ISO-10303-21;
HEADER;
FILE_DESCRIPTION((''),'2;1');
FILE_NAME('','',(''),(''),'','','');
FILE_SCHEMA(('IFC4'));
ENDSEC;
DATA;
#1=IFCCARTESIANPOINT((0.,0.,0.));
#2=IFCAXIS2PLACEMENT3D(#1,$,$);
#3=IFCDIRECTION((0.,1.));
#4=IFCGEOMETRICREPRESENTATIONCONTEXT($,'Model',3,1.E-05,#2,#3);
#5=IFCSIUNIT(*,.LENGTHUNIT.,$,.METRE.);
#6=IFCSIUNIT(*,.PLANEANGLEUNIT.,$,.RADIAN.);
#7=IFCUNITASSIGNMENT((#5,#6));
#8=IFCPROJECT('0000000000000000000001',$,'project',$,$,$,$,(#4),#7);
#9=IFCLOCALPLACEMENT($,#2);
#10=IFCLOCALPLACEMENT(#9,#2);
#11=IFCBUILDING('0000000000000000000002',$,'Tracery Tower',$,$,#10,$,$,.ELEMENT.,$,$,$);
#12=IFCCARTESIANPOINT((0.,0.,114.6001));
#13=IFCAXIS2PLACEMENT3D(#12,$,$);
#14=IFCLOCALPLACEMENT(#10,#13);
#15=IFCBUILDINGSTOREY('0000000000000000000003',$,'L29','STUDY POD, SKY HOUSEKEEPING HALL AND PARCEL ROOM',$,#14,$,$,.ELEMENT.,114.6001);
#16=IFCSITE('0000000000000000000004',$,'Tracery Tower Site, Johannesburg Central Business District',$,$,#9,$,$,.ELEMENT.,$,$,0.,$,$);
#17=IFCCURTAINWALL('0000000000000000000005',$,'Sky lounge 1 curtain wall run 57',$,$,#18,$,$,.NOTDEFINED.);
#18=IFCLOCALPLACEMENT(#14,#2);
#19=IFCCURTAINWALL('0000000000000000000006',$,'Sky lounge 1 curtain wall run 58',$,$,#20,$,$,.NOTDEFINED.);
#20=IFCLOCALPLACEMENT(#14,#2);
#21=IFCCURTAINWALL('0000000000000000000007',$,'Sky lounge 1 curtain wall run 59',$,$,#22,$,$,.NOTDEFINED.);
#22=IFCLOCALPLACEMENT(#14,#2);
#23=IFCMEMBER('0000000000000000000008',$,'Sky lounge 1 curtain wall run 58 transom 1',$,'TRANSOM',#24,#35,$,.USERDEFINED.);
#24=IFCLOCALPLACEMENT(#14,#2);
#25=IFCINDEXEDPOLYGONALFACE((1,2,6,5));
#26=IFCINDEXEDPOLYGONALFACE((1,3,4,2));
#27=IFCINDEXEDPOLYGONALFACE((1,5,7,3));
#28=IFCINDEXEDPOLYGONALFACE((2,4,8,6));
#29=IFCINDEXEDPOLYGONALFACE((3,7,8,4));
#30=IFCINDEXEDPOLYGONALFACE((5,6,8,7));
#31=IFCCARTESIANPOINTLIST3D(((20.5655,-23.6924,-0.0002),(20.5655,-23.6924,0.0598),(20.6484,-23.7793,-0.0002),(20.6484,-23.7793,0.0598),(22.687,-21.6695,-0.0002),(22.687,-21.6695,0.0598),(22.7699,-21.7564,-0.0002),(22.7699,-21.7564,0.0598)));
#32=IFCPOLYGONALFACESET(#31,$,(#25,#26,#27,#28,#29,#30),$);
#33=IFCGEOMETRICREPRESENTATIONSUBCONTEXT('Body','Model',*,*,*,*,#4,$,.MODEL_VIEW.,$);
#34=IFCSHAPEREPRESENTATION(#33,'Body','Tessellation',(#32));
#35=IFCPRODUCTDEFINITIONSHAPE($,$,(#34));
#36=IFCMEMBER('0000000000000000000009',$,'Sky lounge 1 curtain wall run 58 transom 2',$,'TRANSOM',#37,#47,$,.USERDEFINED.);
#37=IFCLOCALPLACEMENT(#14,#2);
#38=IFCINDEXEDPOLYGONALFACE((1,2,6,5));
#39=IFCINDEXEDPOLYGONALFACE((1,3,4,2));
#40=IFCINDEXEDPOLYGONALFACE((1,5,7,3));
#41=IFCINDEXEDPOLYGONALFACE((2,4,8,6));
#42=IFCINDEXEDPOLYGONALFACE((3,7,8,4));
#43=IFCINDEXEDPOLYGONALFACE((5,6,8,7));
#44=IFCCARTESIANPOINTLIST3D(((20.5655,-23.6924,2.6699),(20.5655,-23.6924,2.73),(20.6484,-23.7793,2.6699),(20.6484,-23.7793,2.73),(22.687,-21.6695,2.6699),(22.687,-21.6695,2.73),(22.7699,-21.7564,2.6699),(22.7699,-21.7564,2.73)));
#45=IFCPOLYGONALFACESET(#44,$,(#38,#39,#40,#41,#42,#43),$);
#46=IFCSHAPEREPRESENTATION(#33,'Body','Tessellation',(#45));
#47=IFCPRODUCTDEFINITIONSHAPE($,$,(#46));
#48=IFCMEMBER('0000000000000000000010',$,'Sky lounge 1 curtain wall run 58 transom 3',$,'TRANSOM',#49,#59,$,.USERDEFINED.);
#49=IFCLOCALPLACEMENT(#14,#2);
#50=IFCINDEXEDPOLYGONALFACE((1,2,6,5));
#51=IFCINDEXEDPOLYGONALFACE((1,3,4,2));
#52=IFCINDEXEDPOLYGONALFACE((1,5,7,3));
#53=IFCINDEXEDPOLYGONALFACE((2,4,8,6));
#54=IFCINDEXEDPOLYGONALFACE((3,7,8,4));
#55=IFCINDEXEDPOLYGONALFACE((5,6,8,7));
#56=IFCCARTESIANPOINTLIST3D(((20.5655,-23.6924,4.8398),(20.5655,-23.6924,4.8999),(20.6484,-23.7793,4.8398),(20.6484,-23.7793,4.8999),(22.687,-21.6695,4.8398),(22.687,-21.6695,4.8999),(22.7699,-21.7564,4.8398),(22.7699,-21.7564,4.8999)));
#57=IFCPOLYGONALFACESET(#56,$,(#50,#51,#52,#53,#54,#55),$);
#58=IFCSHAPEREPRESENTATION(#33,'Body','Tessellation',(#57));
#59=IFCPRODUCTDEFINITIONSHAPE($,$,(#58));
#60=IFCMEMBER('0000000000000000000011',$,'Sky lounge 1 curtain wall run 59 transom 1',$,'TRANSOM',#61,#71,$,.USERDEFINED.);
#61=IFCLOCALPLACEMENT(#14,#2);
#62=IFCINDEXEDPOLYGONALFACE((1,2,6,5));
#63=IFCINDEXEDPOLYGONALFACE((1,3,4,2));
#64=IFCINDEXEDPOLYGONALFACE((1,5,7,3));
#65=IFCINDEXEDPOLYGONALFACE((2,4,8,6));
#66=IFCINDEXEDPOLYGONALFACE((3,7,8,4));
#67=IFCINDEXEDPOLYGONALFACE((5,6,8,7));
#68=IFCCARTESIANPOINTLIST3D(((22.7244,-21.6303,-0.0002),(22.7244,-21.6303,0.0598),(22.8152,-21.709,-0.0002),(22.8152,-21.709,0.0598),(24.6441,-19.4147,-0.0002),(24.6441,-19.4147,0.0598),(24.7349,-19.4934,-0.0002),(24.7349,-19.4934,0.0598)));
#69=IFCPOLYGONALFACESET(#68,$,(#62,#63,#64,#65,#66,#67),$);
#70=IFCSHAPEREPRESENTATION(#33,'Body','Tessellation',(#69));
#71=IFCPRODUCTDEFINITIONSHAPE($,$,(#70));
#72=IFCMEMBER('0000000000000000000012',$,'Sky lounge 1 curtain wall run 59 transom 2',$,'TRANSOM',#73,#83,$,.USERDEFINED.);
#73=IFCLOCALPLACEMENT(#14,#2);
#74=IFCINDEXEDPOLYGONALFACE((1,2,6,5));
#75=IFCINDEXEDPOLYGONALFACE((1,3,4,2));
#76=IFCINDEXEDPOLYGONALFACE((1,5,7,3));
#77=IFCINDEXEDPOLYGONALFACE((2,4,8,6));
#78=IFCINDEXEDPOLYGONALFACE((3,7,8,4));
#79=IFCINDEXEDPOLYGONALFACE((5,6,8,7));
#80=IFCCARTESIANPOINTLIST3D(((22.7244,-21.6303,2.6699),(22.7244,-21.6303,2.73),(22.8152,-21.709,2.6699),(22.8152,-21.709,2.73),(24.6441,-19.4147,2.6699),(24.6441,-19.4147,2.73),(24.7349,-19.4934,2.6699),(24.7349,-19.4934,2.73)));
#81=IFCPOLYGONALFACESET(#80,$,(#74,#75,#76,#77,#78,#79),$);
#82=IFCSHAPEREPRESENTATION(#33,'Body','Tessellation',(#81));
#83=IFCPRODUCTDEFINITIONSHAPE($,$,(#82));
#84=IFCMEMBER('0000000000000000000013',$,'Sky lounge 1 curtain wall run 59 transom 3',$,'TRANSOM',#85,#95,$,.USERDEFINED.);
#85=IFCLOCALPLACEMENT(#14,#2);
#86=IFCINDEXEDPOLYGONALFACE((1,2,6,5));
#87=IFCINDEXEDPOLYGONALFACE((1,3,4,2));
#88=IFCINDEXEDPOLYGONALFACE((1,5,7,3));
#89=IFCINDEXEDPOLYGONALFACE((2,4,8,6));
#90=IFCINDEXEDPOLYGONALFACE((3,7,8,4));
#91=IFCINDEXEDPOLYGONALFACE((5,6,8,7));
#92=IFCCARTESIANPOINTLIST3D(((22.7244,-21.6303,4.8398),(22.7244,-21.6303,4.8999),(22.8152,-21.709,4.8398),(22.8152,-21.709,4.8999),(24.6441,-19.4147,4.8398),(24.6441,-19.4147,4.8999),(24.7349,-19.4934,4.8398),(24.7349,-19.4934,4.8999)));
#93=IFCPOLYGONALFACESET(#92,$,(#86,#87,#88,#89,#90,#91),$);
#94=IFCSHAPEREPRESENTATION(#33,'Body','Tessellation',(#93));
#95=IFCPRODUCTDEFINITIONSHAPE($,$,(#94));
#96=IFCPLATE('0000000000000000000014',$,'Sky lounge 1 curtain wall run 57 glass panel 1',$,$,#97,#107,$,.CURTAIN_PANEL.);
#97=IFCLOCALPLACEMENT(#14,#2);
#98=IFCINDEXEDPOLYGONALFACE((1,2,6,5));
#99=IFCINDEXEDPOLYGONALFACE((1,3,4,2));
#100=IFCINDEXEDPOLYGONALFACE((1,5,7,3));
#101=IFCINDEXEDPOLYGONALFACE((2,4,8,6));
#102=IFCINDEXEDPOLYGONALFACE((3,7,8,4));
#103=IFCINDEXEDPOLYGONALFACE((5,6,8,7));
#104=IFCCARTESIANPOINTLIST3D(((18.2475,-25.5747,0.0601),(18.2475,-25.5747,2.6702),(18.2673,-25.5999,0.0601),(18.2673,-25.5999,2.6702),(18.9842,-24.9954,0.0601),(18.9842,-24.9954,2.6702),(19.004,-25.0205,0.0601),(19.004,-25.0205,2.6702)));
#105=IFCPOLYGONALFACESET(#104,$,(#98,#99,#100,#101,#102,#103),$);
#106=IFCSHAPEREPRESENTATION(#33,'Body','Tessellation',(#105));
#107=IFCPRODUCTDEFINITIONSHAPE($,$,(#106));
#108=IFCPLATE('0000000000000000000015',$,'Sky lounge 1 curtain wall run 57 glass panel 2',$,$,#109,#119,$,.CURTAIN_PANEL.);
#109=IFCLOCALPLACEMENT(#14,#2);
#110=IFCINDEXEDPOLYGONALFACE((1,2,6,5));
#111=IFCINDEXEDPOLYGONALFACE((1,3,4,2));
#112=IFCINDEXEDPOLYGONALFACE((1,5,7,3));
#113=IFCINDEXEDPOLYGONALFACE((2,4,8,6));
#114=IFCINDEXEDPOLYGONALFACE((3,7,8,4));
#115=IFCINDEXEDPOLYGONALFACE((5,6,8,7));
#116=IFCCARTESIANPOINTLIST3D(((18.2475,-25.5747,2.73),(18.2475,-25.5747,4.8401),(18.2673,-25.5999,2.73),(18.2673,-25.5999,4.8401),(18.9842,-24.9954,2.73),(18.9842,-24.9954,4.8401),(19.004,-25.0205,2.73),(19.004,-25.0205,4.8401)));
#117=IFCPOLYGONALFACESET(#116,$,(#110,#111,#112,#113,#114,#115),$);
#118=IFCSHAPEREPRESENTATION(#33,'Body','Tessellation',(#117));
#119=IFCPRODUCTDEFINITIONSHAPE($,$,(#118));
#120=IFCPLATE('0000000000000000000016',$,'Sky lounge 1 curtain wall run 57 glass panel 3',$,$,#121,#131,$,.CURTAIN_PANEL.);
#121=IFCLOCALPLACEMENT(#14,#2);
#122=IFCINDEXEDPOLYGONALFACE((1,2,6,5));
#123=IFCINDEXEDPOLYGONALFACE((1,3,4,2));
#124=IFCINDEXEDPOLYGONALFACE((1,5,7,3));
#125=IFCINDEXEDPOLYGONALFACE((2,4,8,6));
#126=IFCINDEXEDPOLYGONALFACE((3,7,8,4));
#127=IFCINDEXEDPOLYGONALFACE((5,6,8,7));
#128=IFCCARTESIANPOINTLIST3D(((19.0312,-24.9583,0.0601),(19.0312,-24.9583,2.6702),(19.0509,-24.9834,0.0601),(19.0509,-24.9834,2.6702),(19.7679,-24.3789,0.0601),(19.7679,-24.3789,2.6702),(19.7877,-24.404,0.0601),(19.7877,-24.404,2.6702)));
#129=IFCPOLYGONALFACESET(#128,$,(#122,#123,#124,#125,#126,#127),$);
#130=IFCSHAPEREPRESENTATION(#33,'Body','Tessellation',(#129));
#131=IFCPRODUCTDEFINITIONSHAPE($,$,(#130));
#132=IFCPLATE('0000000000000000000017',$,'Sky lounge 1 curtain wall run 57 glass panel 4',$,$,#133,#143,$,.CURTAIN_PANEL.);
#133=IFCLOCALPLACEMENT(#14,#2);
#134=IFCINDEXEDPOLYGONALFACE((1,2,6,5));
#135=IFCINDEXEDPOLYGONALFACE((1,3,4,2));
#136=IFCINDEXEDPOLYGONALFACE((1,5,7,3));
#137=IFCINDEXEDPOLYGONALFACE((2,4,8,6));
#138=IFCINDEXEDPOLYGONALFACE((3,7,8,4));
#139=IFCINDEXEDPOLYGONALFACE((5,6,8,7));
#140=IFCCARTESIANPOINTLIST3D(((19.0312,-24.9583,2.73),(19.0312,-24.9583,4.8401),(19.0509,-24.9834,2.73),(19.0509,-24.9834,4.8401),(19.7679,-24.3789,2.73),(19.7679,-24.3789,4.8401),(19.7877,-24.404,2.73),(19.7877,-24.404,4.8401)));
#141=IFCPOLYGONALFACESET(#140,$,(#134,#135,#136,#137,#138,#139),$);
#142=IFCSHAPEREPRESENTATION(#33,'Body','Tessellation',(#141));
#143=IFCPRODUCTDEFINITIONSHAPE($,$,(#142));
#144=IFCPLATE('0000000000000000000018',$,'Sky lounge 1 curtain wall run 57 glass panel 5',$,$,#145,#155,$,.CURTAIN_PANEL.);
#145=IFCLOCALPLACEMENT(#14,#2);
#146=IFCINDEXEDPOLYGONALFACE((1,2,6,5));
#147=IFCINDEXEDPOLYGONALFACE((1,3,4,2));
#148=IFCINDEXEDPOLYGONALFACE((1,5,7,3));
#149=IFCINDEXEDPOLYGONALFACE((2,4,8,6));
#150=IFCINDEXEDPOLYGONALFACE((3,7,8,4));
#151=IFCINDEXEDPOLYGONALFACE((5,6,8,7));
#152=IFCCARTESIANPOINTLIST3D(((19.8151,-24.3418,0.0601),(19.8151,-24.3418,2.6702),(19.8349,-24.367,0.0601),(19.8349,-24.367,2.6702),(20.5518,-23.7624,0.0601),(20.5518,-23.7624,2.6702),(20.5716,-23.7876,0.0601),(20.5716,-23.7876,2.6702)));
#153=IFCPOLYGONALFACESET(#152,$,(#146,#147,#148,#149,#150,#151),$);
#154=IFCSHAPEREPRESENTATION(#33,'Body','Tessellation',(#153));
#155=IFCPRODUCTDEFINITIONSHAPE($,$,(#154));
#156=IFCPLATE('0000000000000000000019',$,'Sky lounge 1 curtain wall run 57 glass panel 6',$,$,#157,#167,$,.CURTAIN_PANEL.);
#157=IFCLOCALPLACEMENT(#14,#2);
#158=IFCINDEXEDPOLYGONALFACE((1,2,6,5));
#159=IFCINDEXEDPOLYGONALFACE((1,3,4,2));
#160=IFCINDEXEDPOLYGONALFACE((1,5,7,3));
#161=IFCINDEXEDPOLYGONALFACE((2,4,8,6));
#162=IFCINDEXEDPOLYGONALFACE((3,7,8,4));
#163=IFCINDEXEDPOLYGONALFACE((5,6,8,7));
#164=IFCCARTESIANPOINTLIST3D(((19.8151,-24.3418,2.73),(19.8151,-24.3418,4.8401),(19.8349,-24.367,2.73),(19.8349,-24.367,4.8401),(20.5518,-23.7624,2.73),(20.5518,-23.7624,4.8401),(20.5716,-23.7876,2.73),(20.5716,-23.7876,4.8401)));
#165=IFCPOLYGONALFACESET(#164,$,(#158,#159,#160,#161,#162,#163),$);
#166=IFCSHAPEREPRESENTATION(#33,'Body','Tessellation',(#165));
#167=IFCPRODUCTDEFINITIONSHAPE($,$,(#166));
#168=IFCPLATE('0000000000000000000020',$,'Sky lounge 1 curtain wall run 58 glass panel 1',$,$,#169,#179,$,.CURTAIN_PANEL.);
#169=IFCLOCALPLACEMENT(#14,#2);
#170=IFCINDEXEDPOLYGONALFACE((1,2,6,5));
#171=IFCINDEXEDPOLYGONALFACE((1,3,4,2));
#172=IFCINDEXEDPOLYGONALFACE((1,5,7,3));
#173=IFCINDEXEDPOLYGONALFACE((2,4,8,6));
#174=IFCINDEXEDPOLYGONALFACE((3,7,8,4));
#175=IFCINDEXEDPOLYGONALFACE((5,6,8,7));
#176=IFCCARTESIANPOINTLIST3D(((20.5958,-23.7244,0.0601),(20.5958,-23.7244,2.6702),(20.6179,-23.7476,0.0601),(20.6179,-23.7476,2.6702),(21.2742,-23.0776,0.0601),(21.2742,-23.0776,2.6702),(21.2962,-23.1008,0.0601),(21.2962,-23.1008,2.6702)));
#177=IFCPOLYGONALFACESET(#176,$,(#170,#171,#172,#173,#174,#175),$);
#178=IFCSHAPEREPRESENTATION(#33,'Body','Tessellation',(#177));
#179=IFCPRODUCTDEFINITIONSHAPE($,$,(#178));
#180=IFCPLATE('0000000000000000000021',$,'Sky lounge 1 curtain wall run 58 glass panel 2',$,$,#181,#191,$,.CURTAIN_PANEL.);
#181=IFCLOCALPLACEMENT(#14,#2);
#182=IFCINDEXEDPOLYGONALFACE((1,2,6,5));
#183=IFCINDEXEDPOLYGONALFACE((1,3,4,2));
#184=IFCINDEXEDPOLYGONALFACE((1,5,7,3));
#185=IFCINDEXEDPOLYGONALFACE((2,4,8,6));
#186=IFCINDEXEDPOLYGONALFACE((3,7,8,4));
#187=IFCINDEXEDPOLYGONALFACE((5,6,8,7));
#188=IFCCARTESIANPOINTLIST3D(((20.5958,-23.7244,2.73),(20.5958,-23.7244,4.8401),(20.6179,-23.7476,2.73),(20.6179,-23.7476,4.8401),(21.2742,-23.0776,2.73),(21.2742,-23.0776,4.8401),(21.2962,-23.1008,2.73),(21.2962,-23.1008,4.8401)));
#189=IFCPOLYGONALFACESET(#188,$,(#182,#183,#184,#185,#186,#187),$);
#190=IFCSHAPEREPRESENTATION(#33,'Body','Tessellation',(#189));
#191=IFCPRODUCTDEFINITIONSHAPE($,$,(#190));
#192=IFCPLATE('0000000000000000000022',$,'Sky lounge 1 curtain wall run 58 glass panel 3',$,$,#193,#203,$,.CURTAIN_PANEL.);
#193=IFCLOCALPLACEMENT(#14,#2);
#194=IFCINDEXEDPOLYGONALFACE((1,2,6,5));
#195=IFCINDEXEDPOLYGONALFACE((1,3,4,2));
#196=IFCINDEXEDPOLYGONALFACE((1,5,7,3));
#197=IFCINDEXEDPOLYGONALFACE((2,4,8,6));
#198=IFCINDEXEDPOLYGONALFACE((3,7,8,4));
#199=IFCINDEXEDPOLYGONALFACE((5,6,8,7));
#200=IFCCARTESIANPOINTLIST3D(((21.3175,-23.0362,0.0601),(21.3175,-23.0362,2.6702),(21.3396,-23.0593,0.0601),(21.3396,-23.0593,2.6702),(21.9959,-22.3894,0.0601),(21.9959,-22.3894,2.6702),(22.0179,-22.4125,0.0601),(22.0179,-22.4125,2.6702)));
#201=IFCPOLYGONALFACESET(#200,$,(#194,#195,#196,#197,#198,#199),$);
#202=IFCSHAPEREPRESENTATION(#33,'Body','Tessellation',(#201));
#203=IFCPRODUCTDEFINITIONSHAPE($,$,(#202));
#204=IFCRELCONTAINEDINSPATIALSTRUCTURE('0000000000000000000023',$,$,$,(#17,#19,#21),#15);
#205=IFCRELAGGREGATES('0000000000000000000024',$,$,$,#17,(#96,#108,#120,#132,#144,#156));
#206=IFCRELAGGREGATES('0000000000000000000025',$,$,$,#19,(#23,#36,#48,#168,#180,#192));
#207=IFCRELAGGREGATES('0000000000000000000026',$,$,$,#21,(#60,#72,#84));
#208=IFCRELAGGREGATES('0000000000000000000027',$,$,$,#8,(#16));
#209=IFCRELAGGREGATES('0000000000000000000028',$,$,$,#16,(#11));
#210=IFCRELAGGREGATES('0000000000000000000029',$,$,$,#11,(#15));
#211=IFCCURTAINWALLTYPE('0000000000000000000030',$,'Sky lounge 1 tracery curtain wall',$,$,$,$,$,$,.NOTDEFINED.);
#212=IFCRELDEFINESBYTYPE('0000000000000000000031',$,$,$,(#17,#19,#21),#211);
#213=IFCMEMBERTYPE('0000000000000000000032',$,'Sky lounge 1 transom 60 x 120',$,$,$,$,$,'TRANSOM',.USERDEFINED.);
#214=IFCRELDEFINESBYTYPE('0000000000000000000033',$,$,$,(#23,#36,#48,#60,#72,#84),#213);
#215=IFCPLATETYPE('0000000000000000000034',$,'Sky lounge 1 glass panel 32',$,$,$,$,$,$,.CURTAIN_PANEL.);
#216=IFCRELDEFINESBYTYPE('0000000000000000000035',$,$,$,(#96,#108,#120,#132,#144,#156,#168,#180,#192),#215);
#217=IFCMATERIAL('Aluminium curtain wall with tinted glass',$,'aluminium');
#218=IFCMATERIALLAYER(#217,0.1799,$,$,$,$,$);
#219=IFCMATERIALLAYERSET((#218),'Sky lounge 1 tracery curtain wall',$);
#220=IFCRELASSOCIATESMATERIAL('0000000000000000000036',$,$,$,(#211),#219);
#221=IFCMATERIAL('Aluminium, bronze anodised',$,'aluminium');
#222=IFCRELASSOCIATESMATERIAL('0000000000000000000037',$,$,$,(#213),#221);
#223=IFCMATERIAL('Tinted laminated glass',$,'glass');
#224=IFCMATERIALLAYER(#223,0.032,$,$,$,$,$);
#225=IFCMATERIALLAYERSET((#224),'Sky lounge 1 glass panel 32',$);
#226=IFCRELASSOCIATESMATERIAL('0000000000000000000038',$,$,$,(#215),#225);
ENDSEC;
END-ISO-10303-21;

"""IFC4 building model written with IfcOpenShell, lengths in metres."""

from ifc_helpers import new_model, si_unit, direction, frame, origin, origin_2d, place, context, subcontext, project, spatial, rectangle, extrude, material, layer, layer_set, material_profile, profile_set, type_object, element, aggregate, save


model = new_model("IFC4")

# Units and contexts
model_context = context("Model", 3, precision=1e-05, world=origin(), true_north=direction((0.0, 1.0)))
body_context = subcontext(model_context, "Body", "Model", "MODEL_VIEW")
ifc_project = project(units=[si_unit("LENGTHUNIT", "METRE"), si_unit("PLANEANGLEUNIT", "RADIAN")], contexts=[model_context])

# Site, building, storey
site_placement = place(None, origin())
site = spatial("IfcSite", under=ifc_project, at=site_placement, Name="Tracery Tower Site, Johannesburg Central Business District", CompositionType="ELEMENT", RefElevation=0.0)
building_placement = place(site_placement, origin())
building = spatial("IfcBuilding", under=site, at=building_placement, Name="Tracery Tower", CompositionType="ELEMENT")
storey_placement = place(building_placement, frame((0.0, 0.0, 114.6001)))
storey = spatial("IfcBuildingStorey", under=building, at=storey_placement, Name="L29", Description="STUDY POD, SKY HOUSEKEEPING HALL AND PARCEL ROOM", CompositionType="ELEMENT", Elevation=114.6001)

# Curtain walls
ifc_material_1 = material(Name="Aluminium curtain wall with tinted glass", Category="aluminium")
ifc_layer_1 = layer(ifc_material_1, 0.1799)
ifc_layer_set_1 = layer_set([ifc_layer_1], Name="Sky lounge 1 tracery curtain wall")
curtain_wall_type = type_object("IfcCurtainWallType", Name="Sky lounge 1 tracery curtain wall", PredefinedType="NOTDEFINED", material=ifc_layer_set_1)
curtain_wall_1_placement = place(storey_placement, origin())
curtain_wall_1 = element("IfcCurtainWall", 1, at=curtain_wall_1_placement, inside=storey, type_object=curtain_wall_type, Name="Sky lounge 1 curtain wall run 57", PredefinedType="NOTDEFINED")
curtain_wall_2_placement = place(storey_placement, origin())
curtain_wall_2 = element("IfcCurtainWall", 2, at=curtain_wall_2_placement, inside=storey, type_object=curtain_wall_type, Name="Sky lounge 1 curtain wall run 58", PredefinedType="NOTDEFINED")
curtain_wall_3_placement = place(storey_placement, origin())
curtain_wall_3 = element("IfcCurtainWall", 3, at=curtain_wall_3_placement, inside=storey, type_object=curtain_wall_type, Name="Sky lounge 1 curtain wall run 59", PredefinedType="NOTDEFINED")

# Members
ifc_material_2 = material(Name="Aluminium, bronze anodised", Category="aluminium")
ifc_material_profile_1 = material_profile(ifc_material_2, rectangle(XDim=0.1201, YDim=0.0601, at=origin_2d()), Name="AL 60x120")
ifc_profile_set_1 = profile_set([ifc_material_profile_1], Name="Aluminium, bronze anodised")
member_type_1 = type_object("IfcMemberType", Name="Sky lounge 1 transom 60 x 120", ElementType="TRANSOM", PredefinedType="USERDEFINED", material=ifc_profile_set_1)
member_1_placement = place(storey_placement, frame((20.6069, -23.7358, 0.0298), z_axis=(0.72373, 0.690083, 0.0), x_axis=(-0.690083, 0.72373, 0.0)))
member_1 = element("IfcMember", 4, at=member_1_placement, type_object=member_type_1, Name="Sky lounge 1 curtain wall run 58 transom 1", ObjectType="TRANSOM", PredefinedType="USERDEFINED", context=body_context, shape_type="SweptSolid", body=[
    extrude(rectangle(XDim=0.1201, YDim=0.0601, at=origin_2d()), origin(), (0.0, 0.0, 1.0), 2.9314),
])
member_2_placement = place(storey_placement, frame((20.6069, -23.7358, 2.7), z_axis=(0.72373, 0.690083, 0.0), x_axis=(-0.690083, 0.72373, 0.0)))
member_2 = element("IfcMember", 5, at=member_2_placement, type_object=member_type_1, Name="Sky lounge 1 curtain wall run 58 transom 2", ObjectType="TRANSOM", PredefinedType="USERDEFINED", context=body_context, shape_type="SweptSolid", body=[
    extrude(rectangle(XDim=0.1201, YDim=0.0601, at=origin_2d()), origin(), (0.0, 0.0, 1.0), 2.9314),
])
member_3_placement = place(storey_placement, frame((20.6069, -23.7358, 4.8699), z_axis=(0.72373, 0.690083, 0.0), x_axis=(-0.690083, 0.72373, 0.0)))
member_3 = element("IfcMember", 6, at=member_3_placement, type_object=member_type_1, Name="Sky lounge 1 curtain wall run 58 transom 3", ObjectType="TRANSOM", PredefinedType="USERDEFINED", context=body_context, shape_type="SweptSolid", body=[
    extrude(rectangle(XDim=0.1201, YDim=0.0601, at=origin_2d()), origin(), (0.0, 0.0, 1.0), 2.9314),
])
member_4_placement = place(storey_placement, frame((22.7698, -21.6697, 0.0298), z_axis=(0.654835, 0.755772, 0.0), x_axis=(-0.755772, 0.654835, 0.0)))
member_4 = element("IfcMember", 7, at=member_4_placement, type_object=member_type_1, Name="Sky lounge 1 curtain wall run 59 transom 1", ObjectType="TRANSOM", PredefinedType="USERDEFINED", context=body_context, shape_type="SweptSolid", body=[
    extrude(rectangle(XDim=0.1201, YDim=0.0601, at=origin_2d()), origin(), (0.0, 0.0, 1.0), 2.9316),
])
member_5_placement = place(storey_placement, frame((22.7698, -21.6697, 2.7), z_axis=(0.654835, 0.755772, 0.0), x_axis=(-0.755772, 0.654835, 0.0)))
member_5 = element("IfcMember", 8, at=member_5_placement, type_object=member_type_1, Name="Sky lounge 1 curtain wall run 59 transom 2", ObjectType="TRANSOM", PredefinedType="USERDEFINED", context=body_context, shape_type="SweptSolid", body=[
    extrude(rectangle(XDim=0.1201, YDim=0.0601, at=origin_2d()), origin(), (0.0, 0.0, 1.0), 2.9316),
])
member_6_placement = place(storey_placement, frame((22.7698, -21.6697, 4.8699), z_axis=(0.654835, 0.755772, 0.0), x_axis=(-0.755772, 0.654835, 0.0)))
member_6 = element("IfcMember", 9, at=member_6_placement, type_object=member_type_1, Name="Sky lounge 1 curtain wall run 59 transom 3", ObjectType="TRANSOM", PredefinedType="USERDEFINED", context=body_context, shape_type="SweptSolid", body=[
    extrude(rectangle(XDim=0.1201, YDim=0.0601, at=origin_2d()), origin(), (0.0, 0.0, 1.0), 2.9316),
])

# Plates
ifc_material_3 = material(Name="Tinted laminated glass", Category="glass")
ifc_layer_2 = layer(ifc_material_3, 0.032)
ifc_layer_set_2 = layer_set([ifc_layer_2], Name="Sky lounge 1 glass panel 32")
plate_type = type_object("IfcPlateType", Name="Sky lounge 1 glass panel 32", PredefinedType="CURTAIN_PANEL", material=ifc_layer_set_2)
plate_1_placement = place(storey_placement, frame((18.6257, -25.2976, 0.0601), z_axis=(0.0, 0.0, 1.0), x_axis=(0.786053, 0.618159, 0.0)))
plate_1 = element("IfcPlate", 10, at=plate_1_placement, type_object=plate_type, Name="Sky lounge 1 curtain wall run 57 glass panel 1", PredefinedType="CURTAIN_PANEL", context=body_context, shape_type="SweptSolid", body=[
    extrude(rectangle(XDim=0.9373, YDim=0.032, at=origin_2d()), origin(), (0.0, 0.0, 1.0), 2.6101),
])
plate_2_placement = place(storey_placement, frame((18.6257, -25.2976, 2.73), z_axis=(0.0, 0.0, 1.0), x_axis=(0.786053, 0.618159, 0.0)))
plate_2 = element("IfcPlate", 11, at=plate_2_placement, type_object=plate_type, Name="Sky lounge 1 curtain wall run 57 glass panel 2", PredefinedType="CURTAIN_PANEL", context=body_context, shape_type="SweptSolid", body=[
    extrude(rectangle(XDim=0.9373, YDim=0.032, at=origin_2d()), origin(), (0.0, 0.0, 1.0), 2.1101),
])
plate_3_placement = place(storey_placement, frame((19.4094, -24.6812, 0.0601), z_axis=(0.0, 0.0, 1.0), x_axis=(0.786053, 0.618159, 0.0)))
plate_3 = element("IfcPlate", 12, at=plate_3_placement, type_object=plate_type, Name="Sky lounge 1 curtain wall run 57 glass panel 3", PredefinedType="CURTAIN_PANEL", context=body_context, shape_type="SweptSolid", body=[
    extrude(rectangle(XDim=0.9373, YDim=0.032, at=origin_2d()), origin(), (0.0, 0.0, 1.0), 2.6101),
])
plate_4_placement = place(storey_placement, frame((19.4094, -24.6812, 2.73), z_axis=(0.0, 0.0, 1.0), x_axis=(0.786053, 0.618159, 0.0)))
plate_4 = element("IfcPlate", 13, at=plate_4_placement, type_object=plate_type, Name="Sky lounge 1 curtain wall run 57 glass panel 4", PredefinedType="CURTAIN_PANEL", context=body_context, shape_type="SweptSolid", body=[
    extrude(rectangle(XDim=0.9373, YDim=0.032, at=origin_2d()), origin(), (0.0, 0.0, 1.0), 2.1101),
])
plate_5_placement = place(storey_placement, frame((20.1934, -24.0647, 0.0601), z_axis=(0.0, 0.0, 1.0), x_axis=(0.786053, 0.618159, 0.0)))
plate_5 = element("IfcPlate", 14, at=plate_5_placement, type_object=plate_type, Name="Sky lounge 1 curtain wall run 57 glass panel 5", PredefinedType="CURTAIN_PANEL", context=body_context, shape_type="SweptSolid", body=[
    extrude(rectangle(XDim=0.9373, YDim=0.032, at=origin_2d()), origin(), (0.0, 0.0, 1.0), 2.6101),
])
plate_6_placement = place(storey_placement, frame((20.1934, -24.0647, 2.73), z_axis=(0.0, 0.0, 1.0), x_axis=(0.786053, 0.618159, 0.0)))
plate_6 = element("IfcPlate", 15, at=plate_6_placement, type_object=plate_type, Name="Sky lounge 1 curtain wall run 57 glass panel 6", PredefinedType="CURTAIN_PANEL", context=body_context, shape_type="SweptSolid", body=[
    extrude(rectangle(XDim=0.9373, YDim=0.032, at=origin_2d()), origin(), (0.0, 0.0, 1.0), 2.1101),
])
aggregate(curtain_wall_1, [plate_1, plate_2, plate_3, plate_4, plate_5, plate_6])
plate_7_placement = place(storey_placement, frame((20.946, -23.4126, 0.0601), z_axis=(0.0, 0.0, 1.0), x_axis=(0.723734, 0.690079, 0.0)))
plate_7 = element("IfcPlate", 16, at=plate_7_placement, type_object=plate_type, Name="Sky lounge 1 curtain wall run 58 glass panel 1", PredefinedType="CURTAIN_PANEL", context=body_context, shape_type="SweptSolid", body=[
    extrude(rectangle(XDim=0.9373, YDim=0.032, at=origin_2d()), origin(), (0.0, 0.0, 1.0), 2.6101),
])
plate_8_placement = place(storey_placement, frame((20.946, -23.4126, 2.73), z_axis=(0.0, 0.0, 1.0), x_axis=(0.723734, 0.690079, 0.0)))
plate_8 = element("IfcPlate", 17, at=plate_8_placement, type_object=plate_type, Name="Sky lounge 1 curtain wall run 58 glass panel 2", PredefinedType="CURTAIN_PANEL", context=body_context, shape_type="SweptSolid", body=[
    extrude(rectangle(XDim=0.9373, YDim=0.032, at=origin_2d()), origin(), (0.0, 0.0, 1.0), 2.1101),
])
plate_9_placement = place(storey_placement, frame((21.6677, -22.7244, 0.0601), z_axis=(0.0, 0.0, 1.0), x_axis=(0.723734, 0.690079, 0.0)))
plate_9 = element("IfcPlate", 18, at=plate_9_placement, type_object=plate_type, Name="Sky lounge 1 curtain wall run 58 glass panel 3", PredefinedType="CURTAIN_PANEL", context=body_context, shape_type="SweptSolid", body=[
    extrude(rectangle(XDim=0.9373, YDim=0.032, at=origin_2d()), origin(), (0.0, 0.0, 1.0), 2.6101),
])
aggregate(curtain_wall_2, [member_1, member_2, member_3, plate_7, plate_8, plate_9])
aggregate(curtain_wall_3, [member_4, member_5, member_6])

save(model, "model.ifc")
